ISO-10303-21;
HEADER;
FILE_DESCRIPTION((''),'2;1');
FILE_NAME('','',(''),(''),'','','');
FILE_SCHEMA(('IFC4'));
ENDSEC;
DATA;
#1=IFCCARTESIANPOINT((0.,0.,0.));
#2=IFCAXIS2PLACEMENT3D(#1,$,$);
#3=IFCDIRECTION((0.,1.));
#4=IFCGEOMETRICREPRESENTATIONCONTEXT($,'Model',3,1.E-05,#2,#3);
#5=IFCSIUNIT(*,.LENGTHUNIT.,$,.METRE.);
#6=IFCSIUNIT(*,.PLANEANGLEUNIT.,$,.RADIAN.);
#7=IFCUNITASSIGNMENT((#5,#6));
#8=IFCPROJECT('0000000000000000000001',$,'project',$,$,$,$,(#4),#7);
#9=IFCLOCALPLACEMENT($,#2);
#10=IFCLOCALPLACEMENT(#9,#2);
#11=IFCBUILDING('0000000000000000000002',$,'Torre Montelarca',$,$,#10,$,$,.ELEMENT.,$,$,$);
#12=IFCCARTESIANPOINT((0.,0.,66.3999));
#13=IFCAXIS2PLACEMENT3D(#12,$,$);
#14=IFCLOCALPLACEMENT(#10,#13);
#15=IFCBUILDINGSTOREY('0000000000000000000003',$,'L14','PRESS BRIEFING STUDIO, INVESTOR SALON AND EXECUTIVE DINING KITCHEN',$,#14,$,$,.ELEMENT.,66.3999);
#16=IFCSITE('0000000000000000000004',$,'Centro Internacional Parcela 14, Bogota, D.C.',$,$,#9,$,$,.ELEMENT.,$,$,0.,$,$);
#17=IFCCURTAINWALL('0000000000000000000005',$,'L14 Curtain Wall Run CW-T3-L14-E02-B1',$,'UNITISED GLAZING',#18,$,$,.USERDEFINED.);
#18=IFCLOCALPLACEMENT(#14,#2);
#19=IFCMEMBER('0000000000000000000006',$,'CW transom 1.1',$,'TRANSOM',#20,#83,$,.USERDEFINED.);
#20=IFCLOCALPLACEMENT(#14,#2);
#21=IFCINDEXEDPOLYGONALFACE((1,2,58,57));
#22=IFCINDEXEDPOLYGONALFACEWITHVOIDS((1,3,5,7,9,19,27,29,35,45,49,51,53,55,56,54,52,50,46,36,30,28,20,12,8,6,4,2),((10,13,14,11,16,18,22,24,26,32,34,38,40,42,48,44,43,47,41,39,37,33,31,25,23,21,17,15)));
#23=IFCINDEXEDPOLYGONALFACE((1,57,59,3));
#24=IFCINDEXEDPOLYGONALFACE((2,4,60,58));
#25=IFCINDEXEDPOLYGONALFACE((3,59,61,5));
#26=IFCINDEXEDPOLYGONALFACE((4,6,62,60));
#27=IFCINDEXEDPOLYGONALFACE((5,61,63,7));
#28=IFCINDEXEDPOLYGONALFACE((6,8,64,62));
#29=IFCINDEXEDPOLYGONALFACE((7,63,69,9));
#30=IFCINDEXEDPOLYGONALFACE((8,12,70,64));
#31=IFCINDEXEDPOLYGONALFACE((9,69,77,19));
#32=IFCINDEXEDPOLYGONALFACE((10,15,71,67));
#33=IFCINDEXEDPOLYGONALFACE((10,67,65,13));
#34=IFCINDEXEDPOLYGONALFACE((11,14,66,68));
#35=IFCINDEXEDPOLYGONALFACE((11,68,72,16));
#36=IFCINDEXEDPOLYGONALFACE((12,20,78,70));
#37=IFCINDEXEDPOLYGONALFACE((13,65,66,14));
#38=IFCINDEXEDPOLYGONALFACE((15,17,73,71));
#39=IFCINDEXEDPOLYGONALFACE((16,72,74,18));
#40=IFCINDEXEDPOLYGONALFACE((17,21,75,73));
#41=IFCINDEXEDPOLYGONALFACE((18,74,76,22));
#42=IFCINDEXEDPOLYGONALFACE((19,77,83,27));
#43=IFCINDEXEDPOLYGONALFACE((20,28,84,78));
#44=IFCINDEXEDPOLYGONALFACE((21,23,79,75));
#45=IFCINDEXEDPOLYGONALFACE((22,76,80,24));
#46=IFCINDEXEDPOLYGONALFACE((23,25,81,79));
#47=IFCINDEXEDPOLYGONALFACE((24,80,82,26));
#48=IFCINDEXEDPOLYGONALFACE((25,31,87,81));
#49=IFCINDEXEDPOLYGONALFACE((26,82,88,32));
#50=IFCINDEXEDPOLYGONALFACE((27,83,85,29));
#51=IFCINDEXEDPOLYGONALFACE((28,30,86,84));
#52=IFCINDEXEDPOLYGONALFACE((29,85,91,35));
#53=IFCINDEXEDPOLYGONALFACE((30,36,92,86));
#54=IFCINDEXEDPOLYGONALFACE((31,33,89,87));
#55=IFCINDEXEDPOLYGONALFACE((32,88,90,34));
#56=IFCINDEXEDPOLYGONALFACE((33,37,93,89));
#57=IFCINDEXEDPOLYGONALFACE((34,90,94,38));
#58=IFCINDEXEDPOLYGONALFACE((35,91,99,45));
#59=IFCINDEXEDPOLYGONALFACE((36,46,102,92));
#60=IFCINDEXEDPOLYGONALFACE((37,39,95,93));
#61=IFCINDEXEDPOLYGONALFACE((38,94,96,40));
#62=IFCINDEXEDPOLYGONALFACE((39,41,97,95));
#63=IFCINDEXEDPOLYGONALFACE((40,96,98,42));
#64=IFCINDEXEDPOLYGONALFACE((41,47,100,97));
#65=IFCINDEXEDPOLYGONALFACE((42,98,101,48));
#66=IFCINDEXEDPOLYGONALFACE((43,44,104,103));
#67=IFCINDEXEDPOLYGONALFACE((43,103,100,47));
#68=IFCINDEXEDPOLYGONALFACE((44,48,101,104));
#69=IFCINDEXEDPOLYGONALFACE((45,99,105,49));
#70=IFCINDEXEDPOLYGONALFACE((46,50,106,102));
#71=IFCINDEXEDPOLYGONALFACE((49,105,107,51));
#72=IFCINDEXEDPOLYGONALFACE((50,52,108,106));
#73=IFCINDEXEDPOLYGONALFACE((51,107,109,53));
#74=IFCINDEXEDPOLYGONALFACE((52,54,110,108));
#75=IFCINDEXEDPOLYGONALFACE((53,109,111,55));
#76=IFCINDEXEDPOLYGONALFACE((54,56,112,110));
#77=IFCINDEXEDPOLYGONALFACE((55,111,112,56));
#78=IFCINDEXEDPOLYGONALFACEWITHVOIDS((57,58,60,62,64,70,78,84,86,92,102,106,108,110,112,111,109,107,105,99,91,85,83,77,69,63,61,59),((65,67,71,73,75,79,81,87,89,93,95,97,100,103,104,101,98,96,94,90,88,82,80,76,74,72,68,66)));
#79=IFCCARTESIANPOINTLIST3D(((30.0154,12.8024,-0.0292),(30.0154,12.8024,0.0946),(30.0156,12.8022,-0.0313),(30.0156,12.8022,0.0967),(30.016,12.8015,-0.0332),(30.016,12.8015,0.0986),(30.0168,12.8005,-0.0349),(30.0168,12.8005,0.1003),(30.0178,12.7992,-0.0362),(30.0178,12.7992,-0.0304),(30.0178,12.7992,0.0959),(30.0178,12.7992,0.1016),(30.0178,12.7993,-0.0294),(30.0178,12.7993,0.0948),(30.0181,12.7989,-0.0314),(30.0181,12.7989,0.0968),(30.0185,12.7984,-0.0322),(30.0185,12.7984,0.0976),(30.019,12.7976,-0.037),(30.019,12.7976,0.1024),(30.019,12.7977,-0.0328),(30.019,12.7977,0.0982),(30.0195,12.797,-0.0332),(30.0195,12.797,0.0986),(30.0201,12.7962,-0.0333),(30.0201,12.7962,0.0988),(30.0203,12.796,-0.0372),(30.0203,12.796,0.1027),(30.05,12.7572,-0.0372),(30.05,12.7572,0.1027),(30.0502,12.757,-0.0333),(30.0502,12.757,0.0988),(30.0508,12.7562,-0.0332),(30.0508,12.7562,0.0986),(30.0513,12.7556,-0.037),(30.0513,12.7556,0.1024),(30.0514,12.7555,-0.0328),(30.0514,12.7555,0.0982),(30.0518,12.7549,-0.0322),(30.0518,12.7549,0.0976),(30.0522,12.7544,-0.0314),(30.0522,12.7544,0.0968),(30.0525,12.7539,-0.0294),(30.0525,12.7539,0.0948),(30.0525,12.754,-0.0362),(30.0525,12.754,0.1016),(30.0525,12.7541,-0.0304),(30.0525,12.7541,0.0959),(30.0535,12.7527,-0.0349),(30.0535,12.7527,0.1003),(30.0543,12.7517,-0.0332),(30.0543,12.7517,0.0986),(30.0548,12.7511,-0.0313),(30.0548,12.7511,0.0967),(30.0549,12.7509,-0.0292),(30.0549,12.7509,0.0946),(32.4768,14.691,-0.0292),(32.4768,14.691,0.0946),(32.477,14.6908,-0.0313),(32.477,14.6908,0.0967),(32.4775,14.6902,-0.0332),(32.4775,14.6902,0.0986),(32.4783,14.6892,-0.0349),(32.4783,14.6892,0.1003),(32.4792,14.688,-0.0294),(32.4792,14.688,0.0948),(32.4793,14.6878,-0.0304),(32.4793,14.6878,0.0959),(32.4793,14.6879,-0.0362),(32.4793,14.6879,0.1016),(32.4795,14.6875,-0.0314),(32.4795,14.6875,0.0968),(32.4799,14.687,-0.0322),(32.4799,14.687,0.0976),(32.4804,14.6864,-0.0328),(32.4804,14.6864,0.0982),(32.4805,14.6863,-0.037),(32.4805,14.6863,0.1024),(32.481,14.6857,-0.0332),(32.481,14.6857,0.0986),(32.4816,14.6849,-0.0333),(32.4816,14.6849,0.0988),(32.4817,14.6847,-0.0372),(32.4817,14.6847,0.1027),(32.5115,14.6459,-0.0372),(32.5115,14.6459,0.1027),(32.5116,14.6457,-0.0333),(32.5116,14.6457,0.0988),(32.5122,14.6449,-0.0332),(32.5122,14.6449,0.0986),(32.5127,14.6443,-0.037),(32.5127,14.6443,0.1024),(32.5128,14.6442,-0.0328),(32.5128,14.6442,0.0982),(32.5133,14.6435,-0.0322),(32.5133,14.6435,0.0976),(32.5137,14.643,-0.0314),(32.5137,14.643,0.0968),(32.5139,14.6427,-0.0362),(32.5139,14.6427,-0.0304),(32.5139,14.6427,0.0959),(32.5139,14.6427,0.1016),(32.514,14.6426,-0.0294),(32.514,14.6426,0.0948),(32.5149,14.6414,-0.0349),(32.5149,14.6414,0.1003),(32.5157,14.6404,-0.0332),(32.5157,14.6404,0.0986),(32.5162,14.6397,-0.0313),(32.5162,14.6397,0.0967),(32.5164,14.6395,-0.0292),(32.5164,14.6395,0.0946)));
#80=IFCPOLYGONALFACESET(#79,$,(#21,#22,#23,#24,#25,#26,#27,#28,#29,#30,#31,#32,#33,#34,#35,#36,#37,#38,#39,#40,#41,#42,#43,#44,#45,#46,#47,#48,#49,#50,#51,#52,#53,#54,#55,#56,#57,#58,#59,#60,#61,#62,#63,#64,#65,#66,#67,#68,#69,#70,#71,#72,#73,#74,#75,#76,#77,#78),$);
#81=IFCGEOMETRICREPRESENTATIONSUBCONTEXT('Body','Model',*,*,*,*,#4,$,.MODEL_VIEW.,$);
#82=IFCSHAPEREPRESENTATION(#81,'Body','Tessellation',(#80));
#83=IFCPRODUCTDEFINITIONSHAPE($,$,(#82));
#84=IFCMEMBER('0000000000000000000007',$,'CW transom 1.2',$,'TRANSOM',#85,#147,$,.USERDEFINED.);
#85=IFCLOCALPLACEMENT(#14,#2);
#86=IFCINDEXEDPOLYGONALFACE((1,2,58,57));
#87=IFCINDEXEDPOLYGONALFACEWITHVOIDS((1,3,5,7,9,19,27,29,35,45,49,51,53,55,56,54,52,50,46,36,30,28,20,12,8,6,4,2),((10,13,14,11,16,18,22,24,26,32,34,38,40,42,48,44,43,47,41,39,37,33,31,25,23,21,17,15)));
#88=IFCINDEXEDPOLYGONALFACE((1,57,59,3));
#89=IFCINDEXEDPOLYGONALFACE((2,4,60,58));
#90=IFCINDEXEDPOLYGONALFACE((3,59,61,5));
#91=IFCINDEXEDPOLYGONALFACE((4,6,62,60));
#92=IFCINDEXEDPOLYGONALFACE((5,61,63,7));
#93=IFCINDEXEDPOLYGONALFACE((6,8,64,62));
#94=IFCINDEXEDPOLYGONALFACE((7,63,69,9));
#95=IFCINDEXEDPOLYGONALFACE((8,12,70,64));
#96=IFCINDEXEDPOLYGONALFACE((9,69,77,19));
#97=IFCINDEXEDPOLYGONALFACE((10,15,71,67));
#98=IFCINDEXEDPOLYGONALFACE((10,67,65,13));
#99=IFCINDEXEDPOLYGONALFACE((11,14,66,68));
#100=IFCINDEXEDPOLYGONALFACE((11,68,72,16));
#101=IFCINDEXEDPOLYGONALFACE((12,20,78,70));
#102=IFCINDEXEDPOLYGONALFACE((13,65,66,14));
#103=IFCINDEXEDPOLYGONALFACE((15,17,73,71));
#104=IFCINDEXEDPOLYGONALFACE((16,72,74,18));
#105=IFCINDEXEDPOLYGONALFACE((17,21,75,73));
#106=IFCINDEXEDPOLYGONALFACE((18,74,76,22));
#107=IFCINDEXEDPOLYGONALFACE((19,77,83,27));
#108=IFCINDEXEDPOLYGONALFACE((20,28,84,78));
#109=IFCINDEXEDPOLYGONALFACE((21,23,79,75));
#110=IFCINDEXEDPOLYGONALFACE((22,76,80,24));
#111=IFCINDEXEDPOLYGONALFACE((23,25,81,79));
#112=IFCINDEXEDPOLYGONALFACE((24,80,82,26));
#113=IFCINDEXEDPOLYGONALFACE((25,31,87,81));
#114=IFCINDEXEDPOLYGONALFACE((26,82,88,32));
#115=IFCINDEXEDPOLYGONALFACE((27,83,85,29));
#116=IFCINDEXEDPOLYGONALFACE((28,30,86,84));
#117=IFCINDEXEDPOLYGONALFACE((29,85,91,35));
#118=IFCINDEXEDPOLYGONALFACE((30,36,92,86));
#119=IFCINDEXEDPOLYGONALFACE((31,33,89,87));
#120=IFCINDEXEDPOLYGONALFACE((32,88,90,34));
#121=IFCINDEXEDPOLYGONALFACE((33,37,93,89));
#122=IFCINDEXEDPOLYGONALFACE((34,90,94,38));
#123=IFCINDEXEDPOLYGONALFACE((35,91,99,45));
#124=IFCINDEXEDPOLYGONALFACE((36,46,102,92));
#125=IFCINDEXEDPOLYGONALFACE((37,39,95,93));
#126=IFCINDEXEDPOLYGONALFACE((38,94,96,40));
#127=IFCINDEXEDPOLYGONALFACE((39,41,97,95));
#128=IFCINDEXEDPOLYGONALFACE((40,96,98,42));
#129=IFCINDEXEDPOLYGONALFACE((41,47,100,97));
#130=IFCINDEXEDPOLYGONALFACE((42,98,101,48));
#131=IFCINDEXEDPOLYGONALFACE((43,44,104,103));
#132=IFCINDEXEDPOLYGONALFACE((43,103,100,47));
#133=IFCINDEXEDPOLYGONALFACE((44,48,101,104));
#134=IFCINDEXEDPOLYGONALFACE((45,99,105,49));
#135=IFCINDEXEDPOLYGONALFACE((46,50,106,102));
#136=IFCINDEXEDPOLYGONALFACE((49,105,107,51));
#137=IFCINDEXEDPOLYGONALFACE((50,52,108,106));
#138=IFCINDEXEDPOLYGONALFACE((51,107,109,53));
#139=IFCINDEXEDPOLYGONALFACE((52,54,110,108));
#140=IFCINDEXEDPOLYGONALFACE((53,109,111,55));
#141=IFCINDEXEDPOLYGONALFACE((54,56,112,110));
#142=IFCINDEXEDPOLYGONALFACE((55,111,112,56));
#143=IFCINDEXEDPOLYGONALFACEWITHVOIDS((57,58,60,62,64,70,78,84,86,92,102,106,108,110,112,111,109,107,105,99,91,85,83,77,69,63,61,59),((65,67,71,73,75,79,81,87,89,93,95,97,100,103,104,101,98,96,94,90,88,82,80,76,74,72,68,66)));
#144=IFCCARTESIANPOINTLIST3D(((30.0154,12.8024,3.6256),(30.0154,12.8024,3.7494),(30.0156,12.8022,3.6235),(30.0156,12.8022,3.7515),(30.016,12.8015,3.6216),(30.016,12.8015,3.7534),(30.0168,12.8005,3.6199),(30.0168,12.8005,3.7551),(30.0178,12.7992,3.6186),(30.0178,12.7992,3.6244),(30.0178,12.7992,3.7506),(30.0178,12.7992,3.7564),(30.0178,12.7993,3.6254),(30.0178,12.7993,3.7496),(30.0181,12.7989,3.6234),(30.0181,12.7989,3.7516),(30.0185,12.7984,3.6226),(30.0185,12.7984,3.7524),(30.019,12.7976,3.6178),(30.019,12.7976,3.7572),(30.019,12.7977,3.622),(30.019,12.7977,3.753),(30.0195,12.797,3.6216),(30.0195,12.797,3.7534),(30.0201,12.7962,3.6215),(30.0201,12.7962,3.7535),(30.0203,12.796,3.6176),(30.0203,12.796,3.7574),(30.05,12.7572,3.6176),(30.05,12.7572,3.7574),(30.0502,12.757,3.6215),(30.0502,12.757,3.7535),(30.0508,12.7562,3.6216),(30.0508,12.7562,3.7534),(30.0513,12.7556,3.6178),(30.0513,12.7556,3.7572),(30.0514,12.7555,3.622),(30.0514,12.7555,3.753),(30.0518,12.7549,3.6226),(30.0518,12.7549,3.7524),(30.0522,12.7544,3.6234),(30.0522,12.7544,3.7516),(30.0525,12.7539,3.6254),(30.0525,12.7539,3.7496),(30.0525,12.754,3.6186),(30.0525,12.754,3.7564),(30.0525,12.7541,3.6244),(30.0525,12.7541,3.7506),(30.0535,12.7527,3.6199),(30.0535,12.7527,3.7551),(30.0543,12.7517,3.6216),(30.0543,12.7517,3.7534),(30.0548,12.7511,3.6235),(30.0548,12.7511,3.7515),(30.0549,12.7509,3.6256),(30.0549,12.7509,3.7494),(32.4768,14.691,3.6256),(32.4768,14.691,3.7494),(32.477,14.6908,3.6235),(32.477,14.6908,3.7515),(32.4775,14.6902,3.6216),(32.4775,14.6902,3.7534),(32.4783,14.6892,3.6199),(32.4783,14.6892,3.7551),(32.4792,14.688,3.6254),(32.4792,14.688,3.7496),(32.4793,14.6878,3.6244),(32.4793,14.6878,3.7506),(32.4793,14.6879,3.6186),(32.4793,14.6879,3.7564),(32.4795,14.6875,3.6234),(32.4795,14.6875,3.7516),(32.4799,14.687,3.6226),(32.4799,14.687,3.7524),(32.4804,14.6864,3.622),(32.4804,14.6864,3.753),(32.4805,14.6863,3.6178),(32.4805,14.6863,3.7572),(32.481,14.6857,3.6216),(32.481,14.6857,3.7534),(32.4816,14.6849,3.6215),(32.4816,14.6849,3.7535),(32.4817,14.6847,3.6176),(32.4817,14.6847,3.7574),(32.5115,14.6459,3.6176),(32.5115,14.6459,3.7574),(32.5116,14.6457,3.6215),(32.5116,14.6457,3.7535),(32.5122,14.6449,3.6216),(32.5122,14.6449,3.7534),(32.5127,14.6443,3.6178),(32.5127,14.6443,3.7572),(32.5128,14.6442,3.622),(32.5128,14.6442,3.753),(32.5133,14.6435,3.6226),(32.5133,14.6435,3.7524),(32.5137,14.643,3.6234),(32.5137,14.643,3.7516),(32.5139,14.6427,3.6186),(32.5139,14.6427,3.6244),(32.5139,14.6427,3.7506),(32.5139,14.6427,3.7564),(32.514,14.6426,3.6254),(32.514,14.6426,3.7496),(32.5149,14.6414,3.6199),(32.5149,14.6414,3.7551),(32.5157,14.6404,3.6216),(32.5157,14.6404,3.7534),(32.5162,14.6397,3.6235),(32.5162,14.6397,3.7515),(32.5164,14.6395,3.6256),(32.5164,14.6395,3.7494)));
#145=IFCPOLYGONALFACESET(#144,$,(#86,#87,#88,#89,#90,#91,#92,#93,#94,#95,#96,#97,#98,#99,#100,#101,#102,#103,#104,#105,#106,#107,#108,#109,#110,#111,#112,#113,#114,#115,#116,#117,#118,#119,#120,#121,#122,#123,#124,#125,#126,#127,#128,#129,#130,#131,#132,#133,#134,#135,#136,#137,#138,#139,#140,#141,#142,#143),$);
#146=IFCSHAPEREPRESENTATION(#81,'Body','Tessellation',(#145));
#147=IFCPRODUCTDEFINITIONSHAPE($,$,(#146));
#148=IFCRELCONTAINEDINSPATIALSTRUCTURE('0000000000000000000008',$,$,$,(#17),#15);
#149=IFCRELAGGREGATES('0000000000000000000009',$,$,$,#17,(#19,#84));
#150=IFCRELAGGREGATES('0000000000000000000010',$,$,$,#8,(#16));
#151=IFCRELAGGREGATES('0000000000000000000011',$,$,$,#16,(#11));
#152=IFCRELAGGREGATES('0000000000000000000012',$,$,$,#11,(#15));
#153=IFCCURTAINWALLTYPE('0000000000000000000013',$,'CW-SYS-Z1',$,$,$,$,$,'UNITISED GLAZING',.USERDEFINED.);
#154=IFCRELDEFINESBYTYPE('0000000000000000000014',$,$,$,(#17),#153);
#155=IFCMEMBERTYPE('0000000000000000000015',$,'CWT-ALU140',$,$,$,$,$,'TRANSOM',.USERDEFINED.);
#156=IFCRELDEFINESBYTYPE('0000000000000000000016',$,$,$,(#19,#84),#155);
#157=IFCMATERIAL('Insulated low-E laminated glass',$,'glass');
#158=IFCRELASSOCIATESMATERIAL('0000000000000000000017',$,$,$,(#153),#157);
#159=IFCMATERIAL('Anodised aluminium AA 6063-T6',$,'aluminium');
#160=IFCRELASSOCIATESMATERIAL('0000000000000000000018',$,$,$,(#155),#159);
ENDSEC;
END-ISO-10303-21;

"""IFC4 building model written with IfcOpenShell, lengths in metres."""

from ifc_helpers import new_model, si_unit, direction, frame, origin, origin_2d, place, context, subcontext, project, spatial, hollow_rectangle, extrude, source, transform, mapped, material, material_profile, profile_set, type_object, element, aggregate, save


model = new_model("IFC4")

# Units and contexts
model_context = context("Model", 3, precision=1e-05, world=origin(), true_north=direction((0.0, 1.0)))
body_context = subcontext(model_context, "Body", "Model", "MODEL_VIEW")
ifc_project = project(units=[si_unit("LENGTHUNIT", "METRE"), si_unit("PLANEANGLEUNIT", "RADIAN")], contexts=[model_context])

# Site, building, storey
site_placement = place(None, origin())
site = spatial("IfcSite", under=ifc_project, at=site_placement, Name="Centro Internacional Parcela 14, Bogota, D.C.", CompositionType="ELEMENT", RefElevation=0.0)
building_placement = place(site_placement, origin())
building = spatial("IfcBuilding", under=site, at=building_placement, Name="Torre Montelarca", CompositionType="ELEMENT")
storey_placement = place(building_placement, frame((0.0, 0.0, 66.3999)))
storey = spatial("IfcBuildingStorey", under=building, at=storey_placement, Name="L14", Description="PRESS BRIEFING STUDIO, INVESTOR SALON AND EXECUTIVE DINING KITCHEN", CompositionType="ELEMENT", Elevation=66.3999)

# Curtain wall, members
ifc_material_1 = material(Name="Insulated low-E laminated glass", Category="glass")
curtain_wall_type = type_object("IfcCurtainWallType", Name="CW-SYS-Z1", ElementType="UNITISED GLAZING", PredefinedType="USERDEFINED", material=ifc_material_1)
ifc_material_2 = material(Name="Anodised aluminium AA 6063-T6", Category="aluminium")
ifc_material_profile_1 = material_profile(ifc_material_2, hollow_rectangle(XDim=0.0649, YDim=0.1399, WallThickness=0.0039, InnerFilletRadius=0.0039, OuterFilletRadius=0.0081, at=origin_2d()), Name="ALU65X140X4", Category="aluminium")
ifc_profile_set_1 = profile_set([ifc_material_profile_1], Name="Anodised aluminium AA 6063-T6")
member_type_1 = type_object("IfcMemberType", Name="CWT-ALU140", ElementType="TRANSOM", PredefinedType="USERDEFINED", material=ifc_profile_set_1)
curtain_wall_1_placement = place(storey_placement, origin())
curtain_wall_1 = element("IfcCurtainWall", 1, at=curtain_wall_1_placement, inside=storey, type_object=curtain_wall_type, Name="L14 Curtain Wall Run CW-T3-L14-E02-B1", ObjectType="UNITISED GLAZING", PredefinedType="USERDEFINED")
shared_shape_1 = source(origin(), body_context, "Body", "SweptSolid", [
    extrude(hollow_rectangle(XDim=0.0649, YDim=0.1399, WallThickness=0.0039, InnerFilletRadius=0.0039, OuterFilletRadius=0.0081, at=origin_2d()), origin(), (0.0, 0.0, 1.0), 3.1025),
])
member_1_placement = place(storey_placement, frame((30.0352, 12.7766, 0.0327), z_axis=(0.793361, 0.608752, 0.0), x_axis=(-0.608752, 0.793361, 0.0)))
member_1 = element("IfcMember", 2, at=member_1_placement, type_object=member_type_1, Name="CW transom 1.1", ObjectType="TRANSOM", PredefinedType="USERDEFINED", context=body_context, shape_type="MappedRepresentation", body=[
    mapped(shared_shape_1, transform((0.0, 0.0, 0.0), scale=1.0)),
])
member_2_placement = place(storey_placement, frame((30.0352, 12.7766, 3.6875), z_axis=(0.793361, 0.608752, 0.0), x_axis=(-0.608752, 0.793361, 0.0)))
member_2 = element("IfcMember", 3, at=member_2_placement, type_object=member_type_1, Name="CW transom 1.2", ObjectType="TRANSOM", PredefinedType="USERDEFINED", context=body_context, shape_type="MappedRepresentation", body=[
    mapped(shared_shape_1, transform((0.0, 0.0, 0.0), scale=1.0)),
])

aggregate(curtain_wall_1, [member_1, member_2])

save(model, "model.ifc")
